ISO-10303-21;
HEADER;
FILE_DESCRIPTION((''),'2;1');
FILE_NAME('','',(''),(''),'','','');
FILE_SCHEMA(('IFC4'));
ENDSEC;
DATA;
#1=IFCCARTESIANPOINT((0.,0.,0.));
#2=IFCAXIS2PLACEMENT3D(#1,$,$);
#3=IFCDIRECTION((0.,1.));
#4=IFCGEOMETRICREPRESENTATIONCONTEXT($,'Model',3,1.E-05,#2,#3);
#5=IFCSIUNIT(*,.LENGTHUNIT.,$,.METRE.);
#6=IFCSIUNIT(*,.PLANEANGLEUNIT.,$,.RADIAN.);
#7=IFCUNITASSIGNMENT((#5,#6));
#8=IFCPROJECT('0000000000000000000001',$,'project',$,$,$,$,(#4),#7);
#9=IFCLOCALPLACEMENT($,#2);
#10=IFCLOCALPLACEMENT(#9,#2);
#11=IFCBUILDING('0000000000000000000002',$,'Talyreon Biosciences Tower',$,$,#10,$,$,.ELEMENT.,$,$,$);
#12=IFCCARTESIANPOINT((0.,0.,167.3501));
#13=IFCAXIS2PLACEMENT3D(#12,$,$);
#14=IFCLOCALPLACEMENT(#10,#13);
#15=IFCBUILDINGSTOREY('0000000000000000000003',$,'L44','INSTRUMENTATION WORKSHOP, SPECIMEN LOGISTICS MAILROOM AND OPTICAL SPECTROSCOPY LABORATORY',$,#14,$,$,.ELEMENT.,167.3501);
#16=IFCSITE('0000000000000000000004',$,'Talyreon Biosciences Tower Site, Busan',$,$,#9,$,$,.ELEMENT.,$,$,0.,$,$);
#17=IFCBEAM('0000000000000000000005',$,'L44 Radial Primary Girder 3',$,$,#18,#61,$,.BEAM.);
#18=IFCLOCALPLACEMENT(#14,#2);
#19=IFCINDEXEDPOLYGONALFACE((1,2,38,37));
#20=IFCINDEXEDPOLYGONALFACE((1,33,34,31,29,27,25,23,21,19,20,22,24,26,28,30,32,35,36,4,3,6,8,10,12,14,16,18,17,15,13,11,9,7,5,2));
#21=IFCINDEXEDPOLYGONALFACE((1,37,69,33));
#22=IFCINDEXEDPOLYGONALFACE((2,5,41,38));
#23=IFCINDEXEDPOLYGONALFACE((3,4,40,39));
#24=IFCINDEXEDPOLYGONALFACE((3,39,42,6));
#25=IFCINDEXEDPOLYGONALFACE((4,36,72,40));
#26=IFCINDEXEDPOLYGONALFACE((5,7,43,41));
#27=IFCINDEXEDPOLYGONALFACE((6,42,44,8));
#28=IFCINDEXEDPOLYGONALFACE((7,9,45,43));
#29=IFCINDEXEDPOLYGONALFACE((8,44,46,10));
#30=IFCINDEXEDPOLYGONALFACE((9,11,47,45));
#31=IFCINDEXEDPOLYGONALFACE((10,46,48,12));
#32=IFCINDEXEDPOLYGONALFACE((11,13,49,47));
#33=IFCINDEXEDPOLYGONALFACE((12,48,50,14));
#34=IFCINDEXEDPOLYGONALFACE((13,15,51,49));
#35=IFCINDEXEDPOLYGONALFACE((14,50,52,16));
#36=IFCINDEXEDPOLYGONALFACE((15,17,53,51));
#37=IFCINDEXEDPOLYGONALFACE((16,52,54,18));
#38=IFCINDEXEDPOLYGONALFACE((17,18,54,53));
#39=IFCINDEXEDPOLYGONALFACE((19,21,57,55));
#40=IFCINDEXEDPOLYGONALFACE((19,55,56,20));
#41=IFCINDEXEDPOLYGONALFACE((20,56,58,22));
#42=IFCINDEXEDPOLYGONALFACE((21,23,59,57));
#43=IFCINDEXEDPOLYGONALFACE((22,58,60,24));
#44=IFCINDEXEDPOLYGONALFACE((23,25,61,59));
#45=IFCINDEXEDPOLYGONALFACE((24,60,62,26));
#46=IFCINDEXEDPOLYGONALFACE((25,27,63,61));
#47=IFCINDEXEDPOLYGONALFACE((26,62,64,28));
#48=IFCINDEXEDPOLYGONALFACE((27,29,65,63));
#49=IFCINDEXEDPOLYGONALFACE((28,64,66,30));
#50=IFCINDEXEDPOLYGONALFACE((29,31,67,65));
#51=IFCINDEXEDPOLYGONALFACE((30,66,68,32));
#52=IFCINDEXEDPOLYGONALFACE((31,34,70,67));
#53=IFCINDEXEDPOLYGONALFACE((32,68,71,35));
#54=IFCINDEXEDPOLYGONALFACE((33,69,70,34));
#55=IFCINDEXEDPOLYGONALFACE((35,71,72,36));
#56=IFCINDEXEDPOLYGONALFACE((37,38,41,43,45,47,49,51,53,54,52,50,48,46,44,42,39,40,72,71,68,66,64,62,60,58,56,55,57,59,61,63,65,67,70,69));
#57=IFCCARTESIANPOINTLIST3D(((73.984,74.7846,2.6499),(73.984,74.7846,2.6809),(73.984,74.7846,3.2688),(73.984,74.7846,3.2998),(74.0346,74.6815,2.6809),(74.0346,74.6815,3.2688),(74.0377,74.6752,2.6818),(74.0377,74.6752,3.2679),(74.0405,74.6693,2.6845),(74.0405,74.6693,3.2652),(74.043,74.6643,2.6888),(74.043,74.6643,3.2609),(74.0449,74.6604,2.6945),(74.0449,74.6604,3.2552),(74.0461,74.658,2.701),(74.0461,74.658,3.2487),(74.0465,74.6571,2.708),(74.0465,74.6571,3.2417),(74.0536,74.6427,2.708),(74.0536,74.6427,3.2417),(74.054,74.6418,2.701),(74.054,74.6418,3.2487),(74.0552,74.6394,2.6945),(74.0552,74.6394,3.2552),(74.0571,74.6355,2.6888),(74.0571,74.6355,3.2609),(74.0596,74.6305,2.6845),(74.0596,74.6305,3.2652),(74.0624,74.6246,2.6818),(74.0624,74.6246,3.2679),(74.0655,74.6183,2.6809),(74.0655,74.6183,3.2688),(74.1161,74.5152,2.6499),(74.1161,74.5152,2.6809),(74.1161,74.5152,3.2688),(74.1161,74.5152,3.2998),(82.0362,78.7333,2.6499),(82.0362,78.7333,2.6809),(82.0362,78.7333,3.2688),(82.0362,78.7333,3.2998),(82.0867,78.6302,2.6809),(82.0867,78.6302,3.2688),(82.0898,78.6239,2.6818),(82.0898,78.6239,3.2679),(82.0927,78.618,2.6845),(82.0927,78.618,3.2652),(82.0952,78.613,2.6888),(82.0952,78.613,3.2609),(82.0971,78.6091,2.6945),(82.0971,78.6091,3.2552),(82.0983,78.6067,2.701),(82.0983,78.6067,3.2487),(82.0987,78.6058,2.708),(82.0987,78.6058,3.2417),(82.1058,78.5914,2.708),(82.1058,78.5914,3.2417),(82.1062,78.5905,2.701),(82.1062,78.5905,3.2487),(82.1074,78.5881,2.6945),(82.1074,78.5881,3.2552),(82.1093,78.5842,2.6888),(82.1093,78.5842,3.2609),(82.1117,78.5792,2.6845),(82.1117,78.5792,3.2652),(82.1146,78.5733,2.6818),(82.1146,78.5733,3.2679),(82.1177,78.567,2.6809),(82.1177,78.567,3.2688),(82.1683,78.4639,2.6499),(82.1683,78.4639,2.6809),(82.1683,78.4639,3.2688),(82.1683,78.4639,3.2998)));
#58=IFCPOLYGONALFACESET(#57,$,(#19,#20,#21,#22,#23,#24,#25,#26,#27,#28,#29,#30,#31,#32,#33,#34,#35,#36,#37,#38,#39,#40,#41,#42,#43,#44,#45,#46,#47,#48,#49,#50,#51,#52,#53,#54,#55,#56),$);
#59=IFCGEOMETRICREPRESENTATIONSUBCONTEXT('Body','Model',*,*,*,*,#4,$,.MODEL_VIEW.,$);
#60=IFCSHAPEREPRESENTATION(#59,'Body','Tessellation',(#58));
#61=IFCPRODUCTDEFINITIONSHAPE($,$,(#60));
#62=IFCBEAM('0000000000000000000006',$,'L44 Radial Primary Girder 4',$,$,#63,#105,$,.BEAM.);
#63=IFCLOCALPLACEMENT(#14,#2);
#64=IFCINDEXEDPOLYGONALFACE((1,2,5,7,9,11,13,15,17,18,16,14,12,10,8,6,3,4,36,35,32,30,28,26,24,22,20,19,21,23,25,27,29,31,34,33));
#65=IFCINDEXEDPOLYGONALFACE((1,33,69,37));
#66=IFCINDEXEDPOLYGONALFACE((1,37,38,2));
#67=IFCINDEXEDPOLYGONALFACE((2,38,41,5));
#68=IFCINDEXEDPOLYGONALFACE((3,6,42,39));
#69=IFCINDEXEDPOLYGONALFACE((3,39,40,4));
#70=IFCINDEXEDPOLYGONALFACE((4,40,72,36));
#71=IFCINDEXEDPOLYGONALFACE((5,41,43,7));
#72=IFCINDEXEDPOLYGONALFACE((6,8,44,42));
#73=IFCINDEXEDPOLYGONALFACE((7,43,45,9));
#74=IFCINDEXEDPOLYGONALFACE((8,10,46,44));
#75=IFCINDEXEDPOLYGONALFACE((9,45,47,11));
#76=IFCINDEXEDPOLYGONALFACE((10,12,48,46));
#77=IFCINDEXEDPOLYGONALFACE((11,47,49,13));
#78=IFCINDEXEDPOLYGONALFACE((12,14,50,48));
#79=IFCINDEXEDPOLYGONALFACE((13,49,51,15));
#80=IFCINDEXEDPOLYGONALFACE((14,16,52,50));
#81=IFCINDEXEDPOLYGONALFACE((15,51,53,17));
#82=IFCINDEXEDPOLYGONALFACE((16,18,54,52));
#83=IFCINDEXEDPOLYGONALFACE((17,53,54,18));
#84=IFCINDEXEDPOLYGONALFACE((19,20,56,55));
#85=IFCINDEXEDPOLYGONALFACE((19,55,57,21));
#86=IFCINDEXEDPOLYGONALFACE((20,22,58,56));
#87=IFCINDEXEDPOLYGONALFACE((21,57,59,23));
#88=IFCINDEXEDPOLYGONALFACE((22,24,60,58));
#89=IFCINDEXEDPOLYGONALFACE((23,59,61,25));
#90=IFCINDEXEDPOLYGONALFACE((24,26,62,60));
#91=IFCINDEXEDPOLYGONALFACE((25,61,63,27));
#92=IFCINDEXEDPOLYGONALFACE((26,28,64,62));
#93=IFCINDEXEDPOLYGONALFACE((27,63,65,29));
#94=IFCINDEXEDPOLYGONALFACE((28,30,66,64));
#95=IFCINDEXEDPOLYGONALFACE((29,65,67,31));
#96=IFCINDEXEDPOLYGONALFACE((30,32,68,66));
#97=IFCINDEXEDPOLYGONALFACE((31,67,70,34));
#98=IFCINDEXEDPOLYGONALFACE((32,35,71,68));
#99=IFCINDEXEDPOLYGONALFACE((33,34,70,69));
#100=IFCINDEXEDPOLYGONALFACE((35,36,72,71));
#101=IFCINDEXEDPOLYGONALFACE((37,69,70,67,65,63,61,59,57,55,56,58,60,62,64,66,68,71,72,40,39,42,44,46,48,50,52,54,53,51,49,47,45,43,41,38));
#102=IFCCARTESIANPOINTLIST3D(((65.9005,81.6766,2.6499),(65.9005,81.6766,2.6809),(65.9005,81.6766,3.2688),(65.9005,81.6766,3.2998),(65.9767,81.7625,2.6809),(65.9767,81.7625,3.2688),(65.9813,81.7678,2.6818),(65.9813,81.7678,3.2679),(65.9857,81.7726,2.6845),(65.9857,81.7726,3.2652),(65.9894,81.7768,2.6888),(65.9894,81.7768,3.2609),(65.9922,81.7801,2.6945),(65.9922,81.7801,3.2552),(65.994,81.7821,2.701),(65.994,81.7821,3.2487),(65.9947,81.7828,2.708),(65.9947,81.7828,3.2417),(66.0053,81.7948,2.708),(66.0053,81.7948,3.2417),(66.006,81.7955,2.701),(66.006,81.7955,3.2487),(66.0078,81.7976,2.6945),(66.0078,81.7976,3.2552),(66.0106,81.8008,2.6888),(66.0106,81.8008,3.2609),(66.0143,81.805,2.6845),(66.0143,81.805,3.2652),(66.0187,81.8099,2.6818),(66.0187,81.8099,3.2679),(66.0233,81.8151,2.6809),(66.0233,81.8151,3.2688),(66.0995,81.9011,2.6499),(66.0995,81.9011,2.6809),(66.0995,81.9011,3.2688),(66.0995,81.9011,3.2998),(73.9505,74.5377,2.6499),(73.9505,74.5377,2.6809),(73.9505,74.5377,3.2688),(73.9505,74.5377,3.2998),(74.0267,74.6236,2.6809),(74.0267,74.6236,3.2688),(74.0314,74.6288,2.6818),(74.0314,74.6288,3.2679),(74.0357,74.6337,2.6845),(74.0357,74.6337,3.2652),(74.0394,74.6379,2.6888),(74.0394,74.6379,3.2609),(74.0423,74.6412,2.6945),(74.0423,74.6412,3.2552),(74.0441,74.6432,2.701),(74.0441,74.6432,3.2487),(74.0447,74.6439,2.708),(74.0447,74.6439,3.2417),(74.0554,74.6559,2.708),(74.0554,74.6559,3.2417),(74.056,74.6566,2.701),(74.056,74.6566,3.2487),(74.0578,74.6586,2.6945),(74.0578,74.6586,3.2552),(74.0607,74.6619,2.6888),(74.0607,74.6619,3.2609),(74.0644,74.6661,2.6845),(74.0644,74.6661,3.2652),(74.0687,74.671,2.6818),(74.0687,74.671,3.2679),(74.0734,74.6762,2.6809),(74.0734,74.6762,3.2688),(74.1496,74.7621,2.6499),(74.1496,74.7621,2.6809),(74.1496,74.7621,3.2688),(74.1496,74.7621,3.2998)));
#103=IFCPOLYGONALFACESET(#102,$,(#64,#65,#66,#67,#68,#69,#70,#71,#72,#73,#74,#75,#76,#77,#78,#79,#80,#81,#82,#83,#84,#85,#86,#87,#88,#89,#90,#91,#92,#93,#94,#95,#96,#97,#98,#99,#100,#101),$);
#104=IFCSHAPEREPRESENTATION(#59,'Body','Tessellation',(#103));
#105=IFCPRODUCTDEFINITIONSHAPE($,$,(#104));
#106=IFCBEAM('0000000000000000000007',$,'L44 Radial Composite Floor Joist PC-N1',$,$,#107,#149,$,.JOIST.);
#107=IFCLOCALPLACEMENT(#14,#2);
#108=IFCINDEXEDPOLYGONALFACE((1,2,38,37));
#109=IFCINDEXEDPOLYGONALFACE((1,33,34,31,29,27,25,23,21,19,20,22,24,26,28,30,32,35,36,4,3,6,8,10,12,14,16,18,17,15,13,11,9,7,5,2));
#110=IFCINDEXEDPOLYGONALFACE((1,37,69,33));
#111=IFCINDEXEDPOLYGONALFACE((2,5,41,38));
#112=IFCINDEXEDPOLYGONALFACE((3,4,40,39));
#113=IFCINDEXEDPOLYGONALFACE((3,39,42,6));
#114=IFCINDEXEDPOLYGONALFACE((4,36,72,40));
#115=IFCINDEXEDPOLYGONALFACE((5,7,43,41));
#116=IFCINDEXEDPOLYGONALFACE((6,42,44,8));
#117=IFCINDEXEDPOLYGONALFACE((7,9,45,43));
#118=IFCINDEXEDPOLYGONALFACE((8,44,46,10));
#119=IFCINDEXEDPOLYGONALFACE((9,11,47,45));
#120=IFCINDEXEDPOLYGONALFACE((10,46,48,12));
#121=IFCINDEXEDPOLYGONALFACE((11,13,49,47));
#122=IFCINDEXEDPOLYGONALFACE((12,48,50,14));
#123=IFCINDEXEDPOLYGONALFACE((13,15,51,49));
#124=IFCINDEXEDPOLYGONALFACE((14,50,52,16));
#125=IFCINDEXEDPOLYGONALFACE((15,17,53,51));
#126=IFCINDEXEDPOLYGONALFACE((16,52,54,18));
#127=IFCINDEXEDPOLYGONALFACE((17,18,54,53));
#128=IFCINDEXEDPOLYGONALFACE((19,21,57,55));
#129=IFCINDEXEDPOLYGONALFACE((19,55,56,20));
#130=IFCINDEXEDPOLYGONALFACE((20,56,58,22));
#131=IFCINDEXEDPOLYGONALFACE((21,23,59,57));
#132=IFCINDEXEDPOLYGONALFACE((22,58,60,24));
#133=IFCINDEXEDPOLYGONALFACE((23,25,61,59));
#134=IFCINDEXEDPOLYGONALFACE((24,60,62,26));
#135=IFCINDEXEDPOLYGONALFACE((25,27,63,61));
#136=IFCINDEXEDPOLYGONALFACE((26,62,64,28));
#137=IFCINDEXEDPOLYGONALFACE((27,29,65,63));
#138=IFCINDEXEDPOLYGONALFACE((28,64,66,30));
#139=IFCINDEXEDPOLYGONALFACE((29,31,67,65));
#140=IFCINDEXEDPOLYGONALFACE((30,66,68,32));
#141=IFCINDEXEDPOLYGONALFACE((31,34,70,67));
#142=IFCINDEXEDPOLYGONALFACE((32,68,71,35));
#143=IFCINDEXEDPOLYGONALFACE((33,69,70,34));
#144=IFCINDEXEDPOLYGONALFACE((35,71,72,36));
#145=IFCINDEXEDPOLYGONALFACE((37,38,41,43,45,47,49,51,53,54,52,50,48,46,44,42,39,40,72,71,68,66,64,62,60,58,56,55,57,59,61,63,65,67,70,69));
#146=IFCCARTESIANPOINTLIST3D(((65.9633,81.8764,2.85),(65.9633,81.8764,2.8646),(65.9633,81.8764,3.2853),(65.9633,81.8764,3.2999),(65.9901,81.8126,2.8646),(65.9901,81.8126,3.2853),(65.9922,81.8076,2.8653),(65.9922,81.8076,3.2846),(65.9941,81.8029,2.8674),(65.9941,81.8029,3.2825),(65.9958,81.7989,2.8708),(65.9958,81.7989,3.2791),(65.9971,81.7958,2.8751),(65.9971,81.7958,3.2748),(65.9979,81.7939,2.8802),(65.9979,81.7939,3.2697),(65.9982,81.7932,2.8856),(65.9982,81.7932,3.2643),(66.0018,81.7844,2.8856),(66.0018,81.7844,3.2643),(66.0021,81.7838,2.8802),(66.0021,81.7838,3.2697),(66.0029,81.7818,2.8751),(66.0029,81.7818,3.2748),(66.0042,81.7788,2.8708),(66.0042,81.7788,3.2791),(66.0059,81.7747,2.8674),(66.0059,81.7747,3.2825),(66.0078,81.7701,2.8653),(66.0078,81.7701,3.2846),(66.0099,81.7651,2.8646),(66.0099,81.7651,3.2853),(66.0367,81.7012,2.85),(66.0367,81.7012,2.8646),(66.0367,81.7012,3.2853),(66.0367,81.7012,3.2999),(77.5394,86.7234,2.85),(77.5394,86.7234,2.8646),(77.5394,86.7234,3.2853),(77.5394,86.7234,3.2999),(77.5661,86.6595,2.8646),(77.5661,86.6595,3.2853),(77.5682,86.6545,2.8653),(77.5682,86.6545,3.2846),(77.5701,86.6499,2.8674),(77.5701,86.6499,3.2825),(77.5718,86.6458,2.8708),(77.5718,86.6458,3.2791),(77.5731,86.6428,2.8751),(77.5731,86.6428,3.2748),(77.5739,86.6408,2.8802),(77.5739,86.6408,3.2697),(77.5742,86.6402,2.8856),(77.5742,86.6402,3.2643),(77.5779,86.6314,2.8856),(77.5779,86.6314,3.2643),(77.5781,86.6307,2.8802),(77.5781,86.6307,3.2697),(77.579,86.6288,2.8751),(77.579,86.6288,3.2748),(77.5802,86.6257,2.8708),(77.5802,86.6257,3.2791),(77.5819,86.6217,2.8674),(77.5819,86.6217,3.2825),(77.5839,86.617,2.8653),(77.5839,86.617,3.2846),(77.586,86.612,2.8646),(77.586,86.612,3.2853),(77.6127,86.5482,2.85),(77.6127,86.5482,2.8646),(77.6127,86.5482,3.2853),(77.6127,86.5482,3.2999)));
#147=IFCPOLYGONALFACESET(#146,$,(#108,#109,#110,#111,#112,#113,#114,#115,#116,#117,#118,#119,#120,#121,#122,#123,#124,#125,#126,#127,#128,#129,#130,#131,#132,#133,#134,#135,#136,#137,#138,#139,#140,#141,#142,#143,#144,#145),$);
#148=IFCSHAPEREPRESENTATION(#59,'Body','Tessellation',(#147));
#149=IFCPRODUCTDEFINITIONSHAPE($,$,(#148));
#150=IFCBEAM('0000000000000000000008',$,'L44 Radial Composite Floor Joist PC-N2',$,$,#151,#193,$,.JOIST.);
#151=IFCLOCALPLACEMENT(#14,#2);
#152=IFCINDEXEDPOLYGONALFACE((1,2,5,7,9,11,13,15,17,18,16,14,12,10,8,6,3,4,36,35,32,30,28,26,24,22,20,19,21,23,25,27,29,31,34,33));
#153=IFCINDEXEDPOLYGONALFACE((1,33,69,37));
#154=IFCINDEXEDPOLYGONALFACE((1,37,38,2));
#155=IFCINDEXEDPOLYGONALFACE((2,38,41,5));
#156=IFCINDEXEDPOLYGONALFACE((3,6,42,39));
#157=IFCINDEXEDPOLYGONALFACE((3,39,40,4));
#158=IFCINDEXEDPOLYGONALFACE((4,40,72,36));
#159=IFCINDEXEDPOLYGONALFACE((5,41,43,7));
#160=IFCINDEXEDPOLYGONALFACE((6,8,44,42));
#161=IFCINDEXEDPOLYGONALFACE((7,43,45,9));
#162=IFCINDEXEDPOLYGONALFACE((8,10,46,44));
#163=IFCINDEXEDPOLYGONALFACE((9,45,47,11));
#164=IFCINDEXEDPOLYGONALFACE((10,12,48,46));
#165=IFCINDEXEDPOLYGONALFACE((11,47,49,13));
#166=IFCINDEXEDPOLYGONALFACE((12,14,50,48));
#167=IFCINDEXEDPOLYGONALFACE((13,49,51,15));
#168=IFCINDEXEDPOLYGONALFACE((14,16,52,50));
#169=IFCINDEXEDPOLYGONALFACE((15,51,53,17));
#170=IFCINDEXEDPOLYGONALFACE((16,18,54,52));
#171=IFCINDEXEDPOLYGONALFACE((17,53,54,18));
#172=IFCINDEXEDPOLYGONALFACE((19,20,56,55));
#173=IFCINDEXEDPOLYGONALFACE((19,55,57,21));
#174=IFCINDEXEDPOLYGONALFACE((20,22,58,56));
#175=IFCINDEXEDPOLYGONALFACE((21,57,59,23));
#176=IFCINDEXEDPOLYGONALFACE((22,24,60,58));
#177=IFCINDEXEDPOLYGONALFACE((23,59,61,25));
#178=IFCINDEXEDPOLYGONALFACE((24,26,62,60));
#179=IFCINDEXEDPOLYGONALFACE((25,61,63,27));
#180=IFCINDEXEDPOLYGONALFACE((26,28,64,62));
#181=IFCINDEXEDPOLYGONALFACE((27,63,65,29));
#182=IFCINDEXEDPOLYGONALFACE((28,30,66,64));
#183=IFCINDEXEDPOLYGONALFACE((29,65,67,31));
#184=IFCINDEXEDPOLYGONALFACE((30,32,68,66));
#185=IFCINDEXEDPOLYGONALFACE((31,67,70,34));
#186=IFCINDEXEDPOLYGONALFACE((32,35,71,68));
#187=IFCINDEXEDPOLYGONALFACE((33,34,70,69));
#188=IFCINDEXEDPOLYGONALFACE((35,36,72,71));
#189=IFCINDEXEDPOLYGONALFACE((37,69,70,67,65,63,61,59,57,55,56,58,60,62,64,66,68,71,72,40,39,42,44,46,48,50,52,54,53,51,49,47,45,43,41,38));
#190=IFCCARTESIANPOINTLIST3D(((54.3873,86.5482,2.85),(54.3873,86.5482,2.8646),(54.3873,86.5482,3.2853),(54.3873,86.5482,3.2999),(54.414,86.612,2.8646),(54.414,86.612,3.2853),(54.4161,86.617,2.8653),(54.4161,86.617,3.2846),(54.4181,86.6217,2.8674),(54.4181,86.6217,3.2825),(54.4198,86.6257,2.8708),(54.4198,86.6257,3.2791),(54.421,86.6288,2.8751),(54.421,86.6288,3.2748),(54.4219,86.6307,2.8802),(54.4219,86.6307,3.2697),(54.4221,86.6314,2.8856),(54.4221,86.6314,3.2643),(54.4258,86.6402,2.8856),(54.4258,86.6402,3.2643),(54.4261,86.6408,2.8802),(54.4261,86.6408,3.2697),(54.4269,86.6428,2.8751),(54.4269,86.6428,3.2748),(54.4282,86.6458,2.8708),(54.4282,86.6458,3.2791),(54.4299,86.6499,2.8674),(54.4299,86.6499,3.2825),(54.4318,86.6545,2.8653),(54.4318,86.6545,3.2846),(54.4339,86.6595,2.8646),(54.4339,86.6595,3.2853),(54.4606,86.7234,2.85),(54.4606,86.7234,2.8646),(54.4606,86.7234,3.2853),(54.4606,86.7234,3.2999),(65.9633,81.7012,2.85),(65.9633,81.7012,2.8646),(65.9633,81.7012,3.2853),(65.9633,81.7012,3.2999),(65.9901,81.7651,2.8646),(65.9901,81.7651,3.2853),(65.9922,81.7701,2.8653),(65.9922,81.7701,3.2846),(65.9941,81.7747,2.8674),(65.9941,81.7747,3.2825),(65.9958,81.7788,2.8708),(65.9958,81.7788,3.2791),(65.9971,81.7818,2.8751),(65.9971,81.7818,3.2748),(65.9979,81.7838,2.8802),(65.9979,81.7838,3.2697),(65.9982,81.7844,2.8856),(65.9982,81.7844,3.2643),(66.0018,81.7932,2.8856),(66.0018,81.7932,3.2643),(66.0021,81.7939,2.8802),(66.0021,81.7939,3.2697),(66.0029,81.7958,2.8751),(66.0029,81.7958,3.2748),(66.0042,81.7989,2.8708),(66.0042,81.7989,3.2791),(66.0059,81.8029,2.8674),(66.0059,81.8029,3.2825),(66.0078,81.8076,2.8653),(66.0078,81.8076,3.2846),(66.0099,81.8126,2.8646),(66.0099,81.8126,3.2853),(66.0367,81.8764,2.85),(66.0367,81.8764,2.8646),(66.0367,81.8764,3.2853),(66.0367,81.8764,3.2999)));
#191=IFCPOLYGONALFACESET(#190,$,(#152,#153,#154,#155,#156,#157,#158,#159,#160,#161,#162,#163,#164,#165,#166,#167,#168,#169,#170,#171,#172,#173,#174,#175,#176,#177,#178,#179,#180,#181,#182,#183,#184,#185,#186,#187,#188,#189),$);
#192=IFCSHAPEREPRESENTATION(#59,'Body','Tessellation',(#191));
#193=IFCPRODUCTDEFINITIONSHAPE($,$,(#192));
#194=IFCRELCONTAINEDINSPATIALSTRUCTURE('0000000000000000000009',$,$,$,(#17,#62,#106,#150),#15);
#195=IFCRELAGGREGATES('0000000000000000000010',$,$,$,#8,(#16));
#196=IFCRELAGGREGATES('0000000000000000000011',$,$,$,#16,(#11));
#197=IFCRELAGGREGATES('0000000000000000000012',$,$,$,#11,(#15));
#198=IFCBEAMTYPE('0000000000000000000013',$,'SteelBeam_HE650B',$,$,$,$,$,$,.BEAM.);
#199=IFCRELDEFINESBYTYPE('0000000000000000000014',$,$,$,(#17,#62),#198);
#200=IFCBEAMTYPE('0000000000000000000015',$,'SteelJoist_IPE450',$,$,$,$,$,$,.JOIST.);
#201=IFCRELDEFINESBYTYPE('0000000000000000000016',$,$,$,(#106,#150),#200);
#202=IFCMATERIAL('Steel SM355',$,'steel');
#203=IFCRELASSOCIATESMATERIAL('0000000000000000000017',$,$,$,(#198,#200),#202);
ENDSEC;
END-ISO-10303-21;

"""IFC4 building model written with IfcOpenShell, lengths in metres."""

from ifc_helpers import new_model, si_unit, direction, frame, origin, origin_2d, place, context, subcontext, project, spatial, i_section, extrude, material, material_profile, profile_set, type_object, element, save


model = new_model("IFC4")

# Units and contexts
model_context = context("Model", 3, precision=1e-05, world=origin(), true_north=direction((0.0, 1.0)))
body_context = subcontext(model_context, "Body", "Model", "MODEL_VIEW")
ifc_project = project(units=[si_unit("LENGTHUNIT", "METRE"), si_unit("PLANEANGLEUNIT", "RADIAN")], contexts=[model_context])

# Site, building, storey
site_placement = place(None, origin())
site = spatial("IfcSite", under=ifc_project, at=site_placement, Name="Talyreon Biosciences Tower Site, Busan", CompositionType="ELEMENT", RefElevation=0.0)
building_placement = place(site_placement, origin())
building = spatial("IfcBuilding", under=site, at=building_placement, Name="Talyreon Biosciences Tower", CompositionType="ELEMENT")
storey_placement = place(building_placement, frame((0.0, 0.0, 167.3501)))
storey = spatial("IfcBuildingStorey", under=building, at=storey_placement, Name="L44", Description="INSTRUMENTATION WORKSHOP, SPECIMEN LOGISTICS MAILROOM AND OPTICAL SPECTROSCOPY LABORATORY", CompositionType="ELEMENT", Elevation=167.3501)

# Beams
ifc_material_1 = material(Name="Steel SM355", Category="steel")
ifc_material_profile_1 = material_profile(ifc_material_1, i_section(OverallWidth=0.3, OverallDepth=0.6499, WebThickness=0.0161, FlangeThickness=0.031, FilletRadius=0.0271, at=origin_2d()), Name="HE650B")
ifc_profile_set_1 = profile_set([ifc_material_profile_1], Name="Steel SM355")
beam_type_1 = type_object("IfcBeamType", Name="SteelBeam_HE650B", PredefinedType="BEAM", material=ifc_profile_set_1)
beam_1_placement = place(storey_placement, frame((74.05, 74.6499, 2.9749), z_axis=(0.897852, 0.440297, 0.0), x_axis=(-0.440297, 0.897852, 0.0)))
element("IfcBeam", 1, at=beam_1_placement, inside=storey, type_object=beam_type_1, Name="L44 Radial Primary Girder 3", PredefinedType="BEAM", context=body_context, shape_type="SweptSolid", body=[
    extrude(i_section(OverallWidth=0.3, OverallDepth=0.6499, WebThickness=0.0161, FlangeThickness=0.031, FilletRadius=0.0271, at=origin_2d()), origin(), (0.0, 0.0, 1.0), 8.9683),
])
beam_2_placement = place(storey_placement, frame((74.05, 74.6499, 2.9749), z_axis=(-0.748179, 0.663497, 0.0), x_axis=(-0.663497, -0.748179, 0.0)))
element("IfcBeam", 2, at=beam_2_placement, inside=storey, type_object=beam_type_1, Name="L44 Radial Primary Girder 4", PredefinedType="BEAM", context=body_context, shape_type="SweptSolid", body=[
    extrude(i_section(OverallWidth=0.3, OverallDepth=0.6499, WebThickness=0.0161, FlangeThickness=0.031, FilletRadius=0.0271, at=origin_2d()), origin(), (0.0, 0.0, 1.0), 10.7595),
])
ifc_material_profile_2 = material_profile(ifc_material_1, i_section(OverallWidth=0.1899, OverallDepth=0.45, WebThickness=0.0095, FlangeThickness=0.0146, FilletRadius=0.021, at=origin_2d()), Name="IPE450")
ifc_profile_set_2 = profile_set([ifc_material_profile_2], Name="Steel SM355")
beam_type_2 = type_object("IfcBeamType", Name="SteelJoist_IPE450", PredefinedType="JOIST", material=ifc_profile_set_2)
for number, where, z_axis, x_axis, name in (
    (3, (66.0, 81.7888, 3.075), (0.922407, 0.386219, 0.0), (-0.386219, 0.922407, 0.0), "L44 Radial Composite Floor Joist PC-N1"),
    (4, (66.0, 81.7888, 3.075), (-0.922407, 0.386219, 0.0), (-0.386219, -0.922407, 0.0), "L44 Radial Composite Floor Joist PC-N2"),
):
    element("IfcBeam", number, at=place(storey_placement, frame(where, z_axis=z_axis, x_axis=x_axis)), inside=storey, type_object=beam_type_2, Name=name, PredefinedType="JOIST", context=body_context, shape_type="SweptSolid", body=[
        extrude(i_section(OverallWidth=0.1899, OverallDepth=0.45, WebThickness=0.0095, FlangeThickness=0.0146, FilletRadius=0.021, at=origin_2d()), origin(), (0.0, 0.0, 1.0), 12.5498),
    ])

save(model, "model.ifc")
